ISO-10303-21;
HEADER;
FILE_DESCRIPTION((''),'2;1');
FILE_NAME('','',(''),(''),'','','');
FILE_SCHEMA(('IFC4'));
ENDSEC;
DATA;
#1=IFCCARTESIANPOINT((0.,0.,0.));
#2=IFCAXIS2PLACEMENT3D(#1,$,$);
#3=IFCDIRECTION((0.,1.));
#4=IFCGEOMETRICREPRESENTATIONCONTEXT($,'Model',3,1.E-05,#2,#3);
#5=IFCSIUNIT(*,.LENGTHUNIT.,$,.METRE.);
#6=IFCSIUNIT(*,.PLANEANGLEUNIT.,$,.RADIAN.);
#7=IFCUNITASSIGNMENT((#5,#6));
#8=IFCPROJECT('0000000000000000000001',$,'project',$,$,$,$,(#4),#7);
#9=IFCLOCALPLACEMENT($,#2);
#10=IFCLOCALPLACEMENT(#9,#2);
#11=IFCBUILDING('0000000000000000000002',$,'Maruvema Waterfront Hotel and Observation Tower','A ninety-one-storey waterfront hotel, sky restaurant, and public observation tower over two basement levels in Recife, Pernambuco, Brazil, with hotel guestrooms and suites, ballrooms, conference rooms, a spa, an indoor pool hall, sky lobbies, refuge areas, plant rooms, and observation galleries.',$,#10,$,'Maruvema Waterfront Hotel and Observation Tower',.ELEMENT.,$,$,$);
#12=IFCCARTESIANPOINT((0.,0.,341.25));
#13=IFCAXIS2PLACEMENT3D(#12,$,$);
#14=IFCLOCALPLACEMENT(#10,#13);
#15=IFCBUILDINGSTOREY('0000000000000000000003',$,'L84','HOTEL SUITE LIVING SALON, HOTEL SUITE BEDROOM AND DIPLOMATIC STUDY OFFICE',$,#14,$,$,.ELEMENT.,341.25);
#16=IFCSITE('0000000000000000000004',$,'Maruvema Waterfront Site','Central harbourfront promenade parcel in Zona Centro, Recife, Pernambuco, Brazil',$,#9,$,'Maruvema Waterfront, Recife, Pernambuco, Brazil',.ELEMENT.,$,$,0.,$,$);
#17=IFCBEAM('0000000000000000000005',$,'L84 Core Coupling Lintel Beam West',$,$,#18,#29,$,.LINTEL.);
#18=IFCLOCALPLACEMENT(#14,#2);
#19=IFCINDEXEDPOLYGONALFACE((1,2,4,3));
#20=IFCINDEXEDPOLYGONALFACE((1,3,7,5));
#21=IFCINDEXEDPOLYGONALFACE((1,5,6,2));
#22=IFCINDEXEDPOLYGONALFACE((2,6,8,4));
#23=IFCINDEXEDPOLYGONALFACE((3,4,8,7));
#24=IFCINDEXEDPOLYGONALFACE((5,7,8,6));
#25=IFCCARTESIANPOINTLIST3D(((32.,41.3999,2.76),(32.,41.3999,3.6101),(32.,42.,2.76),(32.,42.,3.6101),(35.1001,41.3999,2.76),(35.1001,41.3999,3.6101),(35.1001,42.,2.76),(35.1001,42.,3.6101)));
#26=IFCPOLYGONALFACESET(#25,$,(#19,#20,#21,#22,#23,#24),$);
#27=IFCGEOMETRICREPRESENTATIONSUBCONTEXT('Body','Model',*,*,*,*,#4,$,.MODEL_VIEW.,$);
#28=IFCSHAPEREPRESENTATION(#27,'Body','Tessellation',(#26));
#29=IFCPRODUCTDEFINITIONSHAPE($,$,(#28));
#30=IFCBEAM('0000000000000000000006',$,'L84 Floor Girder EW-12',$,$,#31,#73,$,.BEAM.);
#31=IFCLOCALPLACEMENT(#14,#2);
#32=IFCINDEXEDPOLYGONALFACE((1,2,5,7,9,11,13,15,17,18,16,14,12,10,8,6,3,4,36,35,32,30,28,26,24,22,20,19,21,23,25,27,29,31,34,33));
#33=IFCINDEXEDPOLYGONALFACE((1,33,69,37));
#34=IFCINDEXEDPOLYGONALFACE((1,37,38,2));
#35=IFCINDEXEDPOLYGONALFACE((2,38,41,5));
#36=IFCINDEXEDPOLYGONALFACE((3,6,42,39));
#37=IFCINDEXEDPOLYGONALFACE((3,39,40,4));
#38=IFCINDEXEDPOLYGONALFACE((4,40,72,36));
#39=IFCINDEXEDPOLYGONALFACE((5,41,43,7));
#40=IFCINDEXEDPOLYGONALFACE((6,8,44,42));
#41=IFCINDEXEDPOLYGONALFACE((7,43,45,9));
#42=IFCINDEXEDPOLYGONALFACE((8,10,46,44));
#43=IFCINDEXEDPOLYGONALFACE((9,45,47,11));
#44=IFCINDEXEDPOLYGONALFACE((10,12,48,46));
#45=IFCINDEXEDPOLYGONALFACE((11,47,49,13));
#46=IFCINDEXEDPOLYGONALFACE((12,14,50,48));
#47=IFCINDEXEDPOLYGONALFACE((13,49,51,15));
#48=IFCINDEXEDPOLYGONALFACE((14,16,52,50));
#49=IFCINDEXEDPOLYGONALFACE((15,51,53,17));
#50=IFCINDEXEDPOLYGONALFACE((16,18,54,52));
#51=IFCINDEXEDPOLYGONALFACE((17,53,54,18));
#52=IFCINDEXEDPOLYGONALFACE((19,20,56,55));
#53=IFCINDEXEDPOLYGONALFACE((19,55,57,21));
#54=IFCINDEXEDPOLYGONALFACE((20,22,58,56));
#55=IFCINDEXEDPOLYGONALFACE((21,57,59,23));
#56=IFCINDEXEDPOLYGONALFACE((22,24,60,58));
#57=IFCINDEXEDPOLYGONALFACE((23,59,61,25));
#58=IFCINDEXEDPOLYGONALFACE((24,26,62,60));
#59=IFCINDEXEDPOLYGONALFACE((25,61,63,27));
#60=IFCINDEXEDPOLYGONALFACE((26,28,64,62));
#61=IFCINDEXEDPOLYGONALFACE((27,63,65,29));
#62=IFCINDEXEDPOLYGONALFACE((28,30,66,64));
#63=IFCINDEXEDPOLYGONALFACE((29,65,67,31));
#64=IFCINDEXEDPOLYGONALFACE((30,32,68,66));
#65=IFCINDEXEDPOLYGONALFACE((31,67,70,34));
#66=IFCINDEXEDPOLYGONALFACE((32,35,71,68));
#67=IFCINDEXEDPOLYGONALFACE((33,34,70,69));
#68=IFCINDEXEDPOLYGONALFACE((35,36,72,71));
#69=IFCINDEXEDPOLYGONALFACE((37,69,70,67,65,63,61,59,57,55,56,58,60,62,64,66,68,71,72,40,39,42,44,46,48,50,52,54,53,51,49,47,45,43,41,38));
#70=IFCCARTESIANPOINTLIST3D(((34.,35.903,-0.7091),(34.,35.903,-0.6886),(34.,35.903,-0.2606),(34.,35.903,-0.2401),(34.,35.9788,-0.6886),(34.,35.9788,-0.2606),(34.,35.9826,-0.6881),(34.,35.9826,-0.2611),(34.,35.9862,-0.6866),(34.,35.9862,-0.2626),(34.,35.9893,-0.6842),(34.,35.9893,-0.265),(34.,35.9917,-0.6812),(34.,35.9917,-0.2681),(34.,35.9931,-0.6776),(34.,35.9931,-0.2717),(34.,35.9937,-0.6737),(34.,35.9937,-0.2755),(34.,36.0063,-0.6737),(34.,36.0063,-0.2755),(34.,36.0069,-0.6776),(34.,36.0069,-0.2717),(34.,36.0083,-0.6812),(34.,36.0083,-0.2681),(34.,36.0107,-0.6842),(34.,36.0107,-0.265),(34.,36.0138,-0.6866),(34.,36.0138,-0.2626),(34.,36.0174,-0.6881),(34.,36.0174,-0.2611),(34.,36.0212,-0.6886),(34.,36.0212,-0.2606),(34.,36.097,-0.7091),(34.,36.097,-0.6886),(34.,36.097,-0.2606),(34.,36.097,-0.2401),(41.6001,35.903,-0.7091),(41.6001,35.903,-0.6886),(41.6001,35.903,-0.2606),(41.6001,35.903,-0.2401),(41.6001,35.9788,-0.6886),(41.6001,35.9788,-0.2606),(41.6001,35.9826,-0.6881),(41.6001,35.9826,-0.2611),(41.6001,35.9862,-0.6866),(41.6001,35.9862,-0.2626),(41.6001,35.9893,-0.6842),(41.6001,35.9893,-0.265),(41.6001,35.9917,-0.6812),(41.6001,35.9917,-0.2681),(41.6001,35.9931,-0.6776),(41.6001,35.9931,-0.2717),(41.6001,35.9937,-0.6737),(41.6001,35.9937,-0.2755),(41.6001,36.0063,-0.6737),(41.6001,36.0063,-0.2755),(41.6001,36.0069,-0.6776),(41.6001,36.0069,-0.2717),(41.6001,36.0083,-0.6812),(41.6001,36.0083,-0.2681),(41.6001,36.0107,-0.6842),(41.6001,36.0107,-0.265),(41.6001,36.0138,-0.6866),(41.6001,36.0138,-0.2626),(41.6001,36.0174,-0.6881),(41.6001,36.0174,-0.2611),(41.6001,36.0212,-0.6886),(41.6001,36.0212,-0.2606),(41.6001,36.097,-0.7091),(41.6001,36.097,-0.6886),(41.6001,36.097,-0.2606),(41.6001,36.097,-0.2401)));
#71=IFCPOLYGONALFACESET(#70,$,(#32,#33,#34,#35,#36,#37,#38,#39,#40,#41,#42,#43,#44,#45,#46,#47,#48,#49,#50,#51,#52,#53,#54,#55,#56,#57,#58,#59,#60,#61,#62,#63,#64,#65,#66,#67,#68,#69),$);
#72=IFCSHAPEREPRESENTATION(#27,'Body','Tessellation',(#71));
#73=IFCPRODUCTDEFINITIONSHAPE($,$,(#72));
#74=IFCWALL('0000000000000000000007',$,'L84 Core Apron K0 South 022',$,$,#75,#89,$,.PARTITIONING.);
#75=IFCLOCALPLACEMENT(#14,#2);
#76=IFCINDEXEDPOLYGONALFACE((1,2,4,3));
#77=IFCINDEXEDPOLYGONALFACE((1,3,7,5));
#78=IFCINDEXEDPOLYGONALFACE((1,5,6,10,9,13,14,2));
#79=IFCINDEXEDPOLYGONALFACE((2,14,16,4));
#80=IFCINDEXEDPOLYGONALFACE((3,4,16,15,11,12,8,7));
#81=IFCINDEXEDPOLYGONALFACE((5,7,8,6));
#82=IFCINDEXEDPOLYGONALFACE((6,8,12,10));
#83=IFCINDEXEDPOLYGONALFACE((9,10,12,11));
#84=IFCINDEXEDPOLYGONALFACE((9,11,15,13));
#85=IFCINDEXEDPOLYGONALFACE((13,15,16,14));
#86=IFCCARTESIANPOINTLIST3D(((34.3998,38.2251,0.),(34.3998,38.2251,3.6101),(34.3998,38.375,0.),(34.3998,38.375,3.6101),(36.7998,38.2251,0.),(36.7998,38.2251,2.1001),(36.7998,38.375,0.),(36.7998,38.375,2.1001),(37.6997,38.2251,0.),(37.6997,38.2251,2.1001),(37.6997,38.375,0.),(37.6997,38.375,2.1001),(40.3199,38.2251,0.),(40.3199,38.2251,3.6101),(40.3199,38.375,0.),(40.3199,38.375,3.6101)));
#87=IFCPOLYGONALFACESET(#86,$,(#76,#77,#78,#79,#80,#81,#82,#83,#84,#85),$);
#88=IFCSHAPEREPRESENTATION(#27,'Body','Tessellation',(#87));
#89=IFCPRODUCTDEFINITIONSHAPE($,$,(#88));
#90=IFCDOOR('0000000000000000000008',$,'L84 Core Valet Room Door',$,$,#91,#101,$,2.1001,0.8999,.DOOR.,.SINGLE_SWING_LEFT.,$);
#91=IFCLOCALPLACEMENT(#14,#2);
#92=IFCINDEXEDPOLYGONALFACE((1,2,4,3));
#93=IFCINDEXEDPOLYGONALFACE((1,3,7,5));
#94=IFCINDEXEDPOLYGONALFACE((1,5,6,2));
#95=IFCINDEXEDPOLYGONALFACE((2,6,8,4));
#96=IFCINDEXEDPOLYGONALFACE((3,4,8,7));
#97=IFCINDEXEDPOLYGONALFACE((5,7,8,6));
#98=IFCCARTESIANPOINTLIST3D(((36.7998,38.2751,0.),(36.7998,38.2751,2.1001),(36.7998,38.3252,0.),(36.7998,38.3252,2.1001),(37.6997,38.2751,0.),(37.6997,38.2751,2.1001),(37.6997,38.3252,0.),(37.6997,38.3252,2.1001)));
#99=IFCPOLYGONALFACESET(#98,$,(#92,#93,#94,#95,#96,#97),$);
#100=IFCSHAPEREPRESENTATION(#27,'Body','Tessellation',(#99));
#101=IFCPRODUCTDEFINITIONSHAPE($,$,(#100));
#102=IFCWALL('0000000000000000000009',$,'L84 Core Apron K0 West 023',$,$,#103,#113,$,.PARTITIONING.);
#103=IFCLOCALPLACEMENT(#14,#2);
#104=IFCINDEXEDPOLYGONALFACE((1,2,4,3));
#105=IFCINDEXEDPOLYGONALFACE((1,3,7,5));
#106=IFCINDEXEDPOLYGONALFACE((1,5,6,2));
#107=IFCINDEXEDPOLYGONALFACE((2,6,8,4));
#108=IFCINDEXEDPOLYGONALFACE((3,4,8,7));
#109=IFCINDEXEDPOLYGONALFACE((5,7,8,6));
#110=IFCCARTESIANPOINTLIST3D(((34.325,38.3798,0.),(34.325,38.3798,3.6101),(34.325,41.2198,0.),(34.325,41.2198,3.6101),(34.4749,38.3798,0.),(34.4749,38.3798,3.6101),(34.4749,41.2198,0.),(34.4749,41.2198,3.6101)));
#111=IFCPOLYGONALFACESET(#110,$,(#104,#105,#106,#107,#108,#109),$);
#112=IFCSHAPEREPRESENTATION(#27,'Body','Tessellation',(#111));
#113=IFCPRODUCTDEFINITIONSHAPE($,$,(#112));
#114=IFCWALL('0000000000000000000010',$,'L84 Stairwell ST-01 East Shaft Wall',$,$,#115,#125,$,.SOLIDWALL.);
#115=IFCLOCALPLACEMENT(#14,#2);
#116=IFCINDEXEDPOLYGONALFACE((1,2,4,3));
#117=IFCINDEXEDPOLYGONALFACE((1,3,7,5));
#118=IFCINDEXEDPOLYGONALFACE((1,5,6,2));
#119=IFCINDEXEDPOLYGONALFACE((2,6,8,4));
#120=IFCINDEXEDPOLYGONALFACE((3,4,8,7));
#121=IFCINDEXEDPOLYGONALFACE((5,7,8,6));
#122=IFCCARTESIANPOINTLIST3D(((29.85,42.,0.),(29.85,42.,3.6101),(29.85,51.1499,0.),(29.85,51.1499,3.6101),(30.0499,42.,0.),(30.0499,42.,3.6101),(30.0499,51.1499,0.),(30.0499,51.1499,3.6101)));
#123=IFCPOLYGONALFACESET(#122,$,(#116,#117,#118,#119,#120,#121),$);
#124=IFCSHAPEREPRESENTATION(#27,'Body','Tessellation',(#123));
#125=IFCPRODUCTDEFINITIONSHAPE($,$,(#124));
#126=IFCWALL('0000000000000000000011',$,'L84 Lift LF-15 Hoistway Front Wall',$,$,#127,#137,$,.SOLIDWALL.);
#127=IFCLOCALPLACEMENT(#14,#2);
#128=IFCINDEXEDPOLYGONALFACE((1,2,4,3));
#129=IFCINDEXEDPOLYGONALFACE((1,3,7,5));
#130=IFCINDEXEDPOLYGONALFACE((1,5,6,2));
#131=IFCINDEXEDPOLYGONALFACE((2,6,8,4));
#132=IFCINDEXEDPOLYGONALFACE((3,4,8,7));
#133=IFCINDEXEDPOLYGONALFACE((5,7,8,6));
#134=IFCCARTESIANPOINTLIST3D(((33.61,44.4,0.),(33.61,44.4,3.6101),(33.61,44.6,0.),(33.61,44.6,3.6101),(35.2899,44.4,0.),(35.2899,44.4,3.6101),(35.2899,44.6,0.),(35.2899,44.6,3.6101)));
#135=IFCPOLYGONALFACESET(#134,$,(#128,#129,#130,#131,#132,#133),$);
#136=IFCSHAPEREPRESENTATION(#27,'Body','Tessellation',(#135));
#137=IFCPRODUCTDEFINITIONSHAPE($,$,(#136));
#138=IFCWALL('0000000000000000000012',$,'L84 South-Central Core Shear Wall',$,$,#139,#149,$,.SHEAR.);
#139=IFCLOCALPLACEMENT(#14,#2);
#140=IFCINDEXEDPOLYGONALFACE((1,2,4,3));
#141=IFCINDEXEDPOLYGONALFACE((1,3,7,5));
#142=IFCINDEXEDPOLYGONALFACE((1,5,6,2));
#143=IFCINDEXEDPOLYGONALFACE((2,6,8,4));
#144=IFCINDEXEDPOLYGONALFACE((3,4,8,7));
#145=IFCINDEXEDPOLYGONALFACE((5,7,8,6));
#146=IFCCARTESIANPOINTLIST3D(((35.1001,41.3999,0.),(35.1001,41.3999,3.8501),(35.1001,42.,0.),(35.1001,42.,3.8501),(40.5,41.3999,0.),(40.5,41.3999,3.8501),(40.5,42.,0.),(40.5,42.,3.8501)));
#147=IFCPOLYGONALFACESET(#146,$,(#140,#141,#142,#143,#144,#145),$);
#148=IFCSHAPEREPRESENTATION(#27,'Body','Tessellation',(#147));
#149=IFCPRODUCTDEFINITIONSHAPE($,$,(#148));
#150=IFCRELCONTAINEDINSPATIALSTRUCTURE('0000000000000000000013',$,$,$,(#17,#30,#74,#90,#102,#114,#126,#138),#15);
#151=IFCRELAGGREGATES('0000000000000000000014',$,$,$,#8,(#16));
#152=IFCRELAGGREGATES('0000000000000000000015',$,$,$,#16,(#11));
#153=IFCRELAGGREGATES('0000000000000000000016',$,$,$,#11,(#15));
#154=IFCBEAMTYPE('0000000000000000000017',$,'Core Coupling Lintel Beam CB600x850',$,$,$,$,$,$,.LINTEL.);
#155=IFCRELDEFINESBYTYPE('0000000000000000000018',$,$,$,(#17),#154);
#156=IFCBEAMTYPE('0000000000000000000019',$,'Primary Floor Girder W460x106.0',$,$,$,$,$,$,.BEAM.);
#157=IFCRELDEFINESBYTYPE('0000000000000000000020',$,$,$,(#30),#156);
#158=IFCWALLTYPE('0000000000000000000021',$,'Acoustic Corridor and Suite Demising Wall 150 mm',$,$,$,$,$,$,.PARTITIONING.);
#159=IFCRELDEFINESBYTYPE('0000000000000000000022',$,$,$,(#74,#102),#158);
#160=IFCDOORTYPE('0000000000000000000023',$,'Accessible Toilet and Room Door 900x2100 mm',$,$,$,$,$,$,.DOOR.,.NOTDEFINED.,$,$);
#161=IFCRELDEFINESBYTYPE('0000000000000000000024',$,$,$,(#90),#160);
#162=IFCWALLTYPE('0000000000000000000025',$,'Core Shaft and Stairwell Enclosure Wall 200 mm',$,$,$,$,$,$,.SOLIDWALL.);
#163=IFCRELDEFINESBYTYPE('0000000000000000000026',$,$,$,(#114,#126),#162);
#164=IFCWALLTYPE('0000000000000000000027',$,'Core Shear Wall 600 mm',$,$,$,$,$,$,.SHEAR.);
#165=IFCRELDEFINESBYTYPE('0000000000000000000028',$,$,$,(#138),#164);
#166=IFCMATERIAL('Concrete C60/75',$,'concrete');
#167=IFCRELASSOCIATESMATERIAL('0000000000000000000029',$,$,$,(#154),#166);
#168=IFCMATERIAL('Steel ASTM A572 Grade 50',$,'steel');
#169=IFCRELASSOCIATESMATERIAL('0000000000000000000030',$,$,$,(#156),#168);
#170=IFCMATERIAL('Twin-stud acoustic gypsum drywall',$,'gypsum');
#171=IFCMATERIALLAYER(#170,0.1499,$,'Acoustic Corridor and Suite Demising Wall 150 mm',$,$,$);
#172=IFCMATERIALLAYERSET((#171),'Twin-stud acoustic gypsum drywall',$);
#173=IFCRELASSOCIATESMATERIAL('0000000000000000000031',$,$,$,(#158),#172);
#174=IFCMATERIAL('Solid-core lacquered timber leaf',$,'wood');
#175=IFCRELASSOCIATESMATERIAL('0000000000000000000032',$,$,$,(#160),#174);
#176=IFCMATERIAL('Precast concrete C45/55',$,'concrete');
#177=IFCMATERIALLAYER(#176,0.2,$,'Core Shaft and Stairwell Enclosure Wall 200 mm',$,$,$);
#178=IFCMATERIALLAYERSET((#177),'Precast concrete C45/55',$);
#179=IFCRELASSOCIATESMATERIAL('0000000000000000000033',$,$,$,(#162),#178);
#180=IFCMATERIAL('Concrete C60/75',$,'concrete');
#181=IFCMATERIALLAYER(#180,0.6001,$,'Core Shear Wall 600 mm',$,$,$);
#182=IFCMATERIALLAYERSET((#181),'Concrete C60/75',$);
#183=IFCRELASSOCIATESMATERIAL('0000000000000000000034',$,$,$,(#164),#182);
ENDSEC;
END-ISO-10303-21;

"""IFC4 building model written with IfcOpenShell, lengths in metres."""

from ifc_helpers import new_model, si_unit, direction, frame, frame_2d, origin, origin_2d, place, context, subcontext, project, spatial, rectangle, i_section, extrude, material, layer, layer_set, material_profile, profile_set, type_object, element, fill, save


model = new_model("IFC4")

# Units and contexts
model_context = context("Model", 3, precision=1e-05, world=origin(), true_north=direction((0.0, 1.0)))
body_context = subcontext(model_context, "Body", "Model", "MODEL_VIEW")
ifc_project = project(units=[si_unit("LENGTHUNIT", "METRE"), si_unit("PLANEANGLEUNIT", "RADIAN")], contexts=[model_context])

# Site, building, storey
site_placement = place(None, origin())
site = spatial("IfcSite", under=ifc_project, at=site_placement, Name="Maruvema Waterfront Site", Description="Central harbourfront promenade parcel in Zona Centro, Recife, Pernambuco, Brazil", LongName="Maruvema Waterfront, Recife, Pernambuco, Brazil", CompositionType="ELEMENT", RefElevation=0.0)
building_placement = place(site_placement, origin())
building = spatial("IfcBuilding", under=site, at=building_placement, Name="Maruvema Waterfront Hotel and Observation Tower", Description="A ninety-one-storey waterfront hotel, sky restaurant, and public observation tower over two basement levels in Recife, Pernambuco, Brazil, with hotel guestrooms and suites, ballrooms, conference rooms, a spa, an indoor pool hall, sky lobbies, refuge areas, plant rooms, and observation galleries.", LongName="Maruvema Waterfront Hotel and Observation Tower", CompositionType="ELEMENT")
storey_placement = place(building_placement, frame((0.0, 0.0, 341.25)))
storey = spatial("IfcBuildingStorey", under=building, at=storey_placement, Name="L84", Description="HOTEL SUITE LIVING SALON, HOTEL SUITE BEDROOM AND DIPLOMATIC STUDY OFFICE", CompositionType="ELEMENT", Elevation=341.25)

# Beams
ifc_material_1 = material(Name="Concrete C60/75", Category="concrete")
ifc_material_profile_1 = material_profile(ifc_material_1, rectangle(XDim=0.6001, YDim=0.8501, at=origin_2d()), Name="CB600x850")
ifc_profile_set_1 = profile_set([ifc_material_profile_1], Name="Concrete C60/75")
beam_type_1 = type_object("IfcBeamType", Name="Core Coupling Lintel Beam CB600x850", PredefinedType="LINTEL", material=ifc_profile_set_1)
beam_1_placement = place(storey_placement, frame((32.0, 41.7, 3.1851), z_axis=(1.0, 0.0, 0.0), x_axis=(0.0, 1.0, 0.0)))
element("IfcBeam", 1, at=beam_1_placement, inside=storey, type_object=beam_type_1, Name="L84 Core Coupling Lintel Beam West", PredefinedType="LINTEL", context=body_context, shape_type="SweptSolid", body=[
    extrude(rectangle(XDim=0.6001, YDim=0.8501, at=origin_2d()), origin(), (0.0, 0.0, 1.0), 3.1001),
])
ifc_material_2 = material(Name="Steel ASTM A572 Grade 50", Category="steel")
ifc_material_profile_2 = material_profile(ifc_material_2, i_section(OverallWidth=0.1941, OverallDepth=0.469, WebThickness=0.0127, FlangeThickness=0.0205, FilletRadius=0.0149, at=origin_2d()), Name="W460x106.0")
ifc_profile_set_2 = profile_set([ifc_material_profile_2], Name="Steel ASTM A572 Grade 50")
beam_type_2 = type_object("IfcBeamType", Name="Primary Floor Girder W460x106.0", PredefinedType="BEAM", material=ifc_profile_set_2)
beam_2_placement = place(storey_placement, frame((34.0, 36.0, -0.4746), z_axis=(1.0, 0.0, 0.0), x_axis=(0.0, 1.0, 0.0)))
element("IfcBeam", 2, at=beam_2_placement, inside=storey, type_object=beam_type_2, Name="L84 Floor Girder EW-12", PredefinedType="BEAM", context=body_context, shape_type="SweptSolid", body=[
    extrude(i_section(OverallWidth=0.1941, OverallDepth=0.469, WebThickness=0.0127, FlangeThickness=0.0205, FilletRadius=0.0149, at=origin_2d()), origin(), (0.0, 0.0, 1.0), 7.6001),
])

# Wall, opening, door
ifc_material_3 = material(Name="Twin-stud acoustic gypsum drywall", Category="gypsum")
ifc_layer_1 = layer(ifc_material_3, 0.1499, Name="Acoustic Corridor and Suite Demising Wall 150 mm")
ifc_layer_set_1 = layer_set([ifc_layer_1], Name="Twin-stud acoustic gypsum drywall")
wall_type_1 = type_object("IfcWallType", Name="Acoustic Corridor and Suite Demising Wall 150 mm", PredefinedType="PARTITIONING", material=ifc_layer_set_1)
wall_1_placement = place(storey_placement, frame((34.3999, 38.3, 0.0), z_axis=(0.0, 0.0, 1.0), x_axis=(1.0, 0.0, 0.0)))
wall_1 = element("IfcWall", 3, at=wall_1_placement, inside=storey, type_object=wall_type_1, Name="L84 Core Apron K0 South 022", PredefinedType="PARTITIONING", context=body_context, shape_type="SweptSolid", body=[
    extrude(rectangle(XDim=5.9202, YDim=0.1499, at=frame_2d((2.96, 0.0))), origin(), (0.0, 0.0, 1.0), 3.6101),
])
opening_1_placement = place(wall_1_placement, frame((2.3999, 0.0, 0.0)))
opening_1 = element("IfcOpeningElement", 4, at=opening_1_placement, cuts=wall_1, PredefinedType="OPENING", context=body_context, shape_type="SweptSolid", body=[
    extrude(rectangle(XDim=0.8999, YDim=2.1001, at=frame_2d((0.45, 1.05))), frame((0.0, 0.085, 0.0), z_axis=(0.0, -1.0, 0.0), x_axis=(1.0, 0.0, 0.0)), (0.0, 0.0, 1.0), 0.1699),
])
ifc_material_4 = material(Name="Solid-core lacquered timber leaf", Category="wood")
door_type_1 = type_object("IfcDoorType", Name="Accessible Toilet and Room Door 900x2100 mm", OperationType="NOTDEFINED", PredefinedType="DOOR", material=ifc_material_4)
door_1_placement = place(opening_1_placement, frame((0.8999, 0.0, 0.0), z_axis=(0.0, 0.0, 1.0), x_axis=(-1.0, 0.0, 0.0)))
door_1 = element("IfcDoor", 5, at=door_1_placement, inside=storey, type_object=door_type_1, Name="L84 Core Valet Room Door", OperationType="SINGLE_SWING_LEFT", OverallHeight=2.1001, OverallWidth=0.8999, PredefinedType="DOOR", context=body_context, shape_type="SweptSolid", body=[
    extrude(rectangle(XDim=0.8999, YDim=2.1001, at=frame_2d((0.45, 1.05))), frame((0.0, 0.0249, 0.0), z_axis=(0.0, -1.0, 0.0), x_axis=(1.0, 0.0, 0.0)), (0.0, 0.0, 1.0), 0.05),
])
fill(opening_1, door_1)

# Walls
wall_2_placement = place(storey_placement, frame((34.3999, 38.3799, 0.0), z_axis=(0.0, 0.0, 1.0), x_axis=(0.0, 1.0, 0.0)))
element("IfcWall", 6, at=wall_2_placement, inside=storey, type_object=wall_type_1, Name="L84 Core Apron K0 West 023", PredefinedType="PARTITIONING", context=body_context, shape_type="SweptSolid", body=[
    extrude(rectangle(XDim=2.8401, YDim=0.1499, at=frame_2d((1.4199, 0.0))), origin(), (0.0, 0.0, 1.0), 3.6101),
])
ifc_material_5 = material(Name="Precast concrete C45/55", Category="concrete")
ifc_layer_2 = layer(ifc_material_5, 0.2, Name="Core Shaft and Stairwell Enclosure Wall 200 mm")
ifc_layer_set_2 = layer_set([ifc_layer_2], Name="Precast concrete C45/55")
wall_type_2 = type_object("IfcWallType", Name="Core Shaft and Stairwell Enclosure Wall 200 mm", PredefinedType="SOLIDWALL", material=ifc_layer_set_2)
wall_3_placement = place(storey_placement, frame((29.95, 42.0, 0.0), z_axis=(0.0, 0.0, 1.0), x_axis=(0.0, 1.0, 0.0)))
element("IfcWall", 7, at=wall_3_placement, inside=storey, type_object=wall_type_2, Name="L84 Stairwell ST-01 East Shaft Wall", PredefinedType="SOLIDWALL", context=body_context, shape_type="SweptSolid", body=[
    extrude(rectangle(XDim=9.1499, YDim=0.2, at=frame_2d((4.575, 0.0))), origin(), (0.0, 0.0, 1.0), 3.6101),
])
wall_4_placement = place(storey_placement, frame((33.6101, 44.5, 0.0), z_axis=(0.0, 0.0, 1.0), x_axis=(1.0, 0.0, 0.0)))
element("IfcWall", 8, at=wall_4_placement, inside=storey, type_object=wall_type_2, Name="L84 Lift LF-15 Hoistway Front Wall", PredefinedType="SOLIDWALL", context=body_context, shape_type="SweptSolid", body=[
    extrude(rectangle(XDim=1.6799, YDim=0.2, at=frame_2d((0.8398, 0.0))), origin(), (0.0, 0.0, 1.0), 3.6101),
])
ifc_material_6 = material(Name="Concrete C60/75", Category="concrete")
ifc_layer_3 = layer(ifc_material_6, 0.6001, Name="Core Shear Wall 600 mm")
ifc_layer_set_3 = layer_set([ifc_layer_3], Name="Concrete C60/75")
wall_type_3 = type_object("IfcWallType", Name="Core Shear Wall 600 mm", PredefinedType="SHEAR", material=ifc_layer_set_3)
wall_5_placement = place(storey_placement, frame((35.1001, 41.7, 0.0), z_axis=(0.0, 0.0, 1.0), x_axis=(1.0, 0.0, 0.0)))
element("IfcWall", 9, at=wall_5_placement, inside=storey, type_object=wall_type_3, Name="L84 South-Central Core Shear Wall", PredefinedType="SHEAR", context=body_context, shape_type="SweptSolid", body=[
    extrude(rectangle(XDim=5.3999, YDim=0.6001, at=frame_2d((2.7, 0.0))), origin(), (0.0, 0.0, 1.0), 3.8501),
])

save(model, "model.ifc")
